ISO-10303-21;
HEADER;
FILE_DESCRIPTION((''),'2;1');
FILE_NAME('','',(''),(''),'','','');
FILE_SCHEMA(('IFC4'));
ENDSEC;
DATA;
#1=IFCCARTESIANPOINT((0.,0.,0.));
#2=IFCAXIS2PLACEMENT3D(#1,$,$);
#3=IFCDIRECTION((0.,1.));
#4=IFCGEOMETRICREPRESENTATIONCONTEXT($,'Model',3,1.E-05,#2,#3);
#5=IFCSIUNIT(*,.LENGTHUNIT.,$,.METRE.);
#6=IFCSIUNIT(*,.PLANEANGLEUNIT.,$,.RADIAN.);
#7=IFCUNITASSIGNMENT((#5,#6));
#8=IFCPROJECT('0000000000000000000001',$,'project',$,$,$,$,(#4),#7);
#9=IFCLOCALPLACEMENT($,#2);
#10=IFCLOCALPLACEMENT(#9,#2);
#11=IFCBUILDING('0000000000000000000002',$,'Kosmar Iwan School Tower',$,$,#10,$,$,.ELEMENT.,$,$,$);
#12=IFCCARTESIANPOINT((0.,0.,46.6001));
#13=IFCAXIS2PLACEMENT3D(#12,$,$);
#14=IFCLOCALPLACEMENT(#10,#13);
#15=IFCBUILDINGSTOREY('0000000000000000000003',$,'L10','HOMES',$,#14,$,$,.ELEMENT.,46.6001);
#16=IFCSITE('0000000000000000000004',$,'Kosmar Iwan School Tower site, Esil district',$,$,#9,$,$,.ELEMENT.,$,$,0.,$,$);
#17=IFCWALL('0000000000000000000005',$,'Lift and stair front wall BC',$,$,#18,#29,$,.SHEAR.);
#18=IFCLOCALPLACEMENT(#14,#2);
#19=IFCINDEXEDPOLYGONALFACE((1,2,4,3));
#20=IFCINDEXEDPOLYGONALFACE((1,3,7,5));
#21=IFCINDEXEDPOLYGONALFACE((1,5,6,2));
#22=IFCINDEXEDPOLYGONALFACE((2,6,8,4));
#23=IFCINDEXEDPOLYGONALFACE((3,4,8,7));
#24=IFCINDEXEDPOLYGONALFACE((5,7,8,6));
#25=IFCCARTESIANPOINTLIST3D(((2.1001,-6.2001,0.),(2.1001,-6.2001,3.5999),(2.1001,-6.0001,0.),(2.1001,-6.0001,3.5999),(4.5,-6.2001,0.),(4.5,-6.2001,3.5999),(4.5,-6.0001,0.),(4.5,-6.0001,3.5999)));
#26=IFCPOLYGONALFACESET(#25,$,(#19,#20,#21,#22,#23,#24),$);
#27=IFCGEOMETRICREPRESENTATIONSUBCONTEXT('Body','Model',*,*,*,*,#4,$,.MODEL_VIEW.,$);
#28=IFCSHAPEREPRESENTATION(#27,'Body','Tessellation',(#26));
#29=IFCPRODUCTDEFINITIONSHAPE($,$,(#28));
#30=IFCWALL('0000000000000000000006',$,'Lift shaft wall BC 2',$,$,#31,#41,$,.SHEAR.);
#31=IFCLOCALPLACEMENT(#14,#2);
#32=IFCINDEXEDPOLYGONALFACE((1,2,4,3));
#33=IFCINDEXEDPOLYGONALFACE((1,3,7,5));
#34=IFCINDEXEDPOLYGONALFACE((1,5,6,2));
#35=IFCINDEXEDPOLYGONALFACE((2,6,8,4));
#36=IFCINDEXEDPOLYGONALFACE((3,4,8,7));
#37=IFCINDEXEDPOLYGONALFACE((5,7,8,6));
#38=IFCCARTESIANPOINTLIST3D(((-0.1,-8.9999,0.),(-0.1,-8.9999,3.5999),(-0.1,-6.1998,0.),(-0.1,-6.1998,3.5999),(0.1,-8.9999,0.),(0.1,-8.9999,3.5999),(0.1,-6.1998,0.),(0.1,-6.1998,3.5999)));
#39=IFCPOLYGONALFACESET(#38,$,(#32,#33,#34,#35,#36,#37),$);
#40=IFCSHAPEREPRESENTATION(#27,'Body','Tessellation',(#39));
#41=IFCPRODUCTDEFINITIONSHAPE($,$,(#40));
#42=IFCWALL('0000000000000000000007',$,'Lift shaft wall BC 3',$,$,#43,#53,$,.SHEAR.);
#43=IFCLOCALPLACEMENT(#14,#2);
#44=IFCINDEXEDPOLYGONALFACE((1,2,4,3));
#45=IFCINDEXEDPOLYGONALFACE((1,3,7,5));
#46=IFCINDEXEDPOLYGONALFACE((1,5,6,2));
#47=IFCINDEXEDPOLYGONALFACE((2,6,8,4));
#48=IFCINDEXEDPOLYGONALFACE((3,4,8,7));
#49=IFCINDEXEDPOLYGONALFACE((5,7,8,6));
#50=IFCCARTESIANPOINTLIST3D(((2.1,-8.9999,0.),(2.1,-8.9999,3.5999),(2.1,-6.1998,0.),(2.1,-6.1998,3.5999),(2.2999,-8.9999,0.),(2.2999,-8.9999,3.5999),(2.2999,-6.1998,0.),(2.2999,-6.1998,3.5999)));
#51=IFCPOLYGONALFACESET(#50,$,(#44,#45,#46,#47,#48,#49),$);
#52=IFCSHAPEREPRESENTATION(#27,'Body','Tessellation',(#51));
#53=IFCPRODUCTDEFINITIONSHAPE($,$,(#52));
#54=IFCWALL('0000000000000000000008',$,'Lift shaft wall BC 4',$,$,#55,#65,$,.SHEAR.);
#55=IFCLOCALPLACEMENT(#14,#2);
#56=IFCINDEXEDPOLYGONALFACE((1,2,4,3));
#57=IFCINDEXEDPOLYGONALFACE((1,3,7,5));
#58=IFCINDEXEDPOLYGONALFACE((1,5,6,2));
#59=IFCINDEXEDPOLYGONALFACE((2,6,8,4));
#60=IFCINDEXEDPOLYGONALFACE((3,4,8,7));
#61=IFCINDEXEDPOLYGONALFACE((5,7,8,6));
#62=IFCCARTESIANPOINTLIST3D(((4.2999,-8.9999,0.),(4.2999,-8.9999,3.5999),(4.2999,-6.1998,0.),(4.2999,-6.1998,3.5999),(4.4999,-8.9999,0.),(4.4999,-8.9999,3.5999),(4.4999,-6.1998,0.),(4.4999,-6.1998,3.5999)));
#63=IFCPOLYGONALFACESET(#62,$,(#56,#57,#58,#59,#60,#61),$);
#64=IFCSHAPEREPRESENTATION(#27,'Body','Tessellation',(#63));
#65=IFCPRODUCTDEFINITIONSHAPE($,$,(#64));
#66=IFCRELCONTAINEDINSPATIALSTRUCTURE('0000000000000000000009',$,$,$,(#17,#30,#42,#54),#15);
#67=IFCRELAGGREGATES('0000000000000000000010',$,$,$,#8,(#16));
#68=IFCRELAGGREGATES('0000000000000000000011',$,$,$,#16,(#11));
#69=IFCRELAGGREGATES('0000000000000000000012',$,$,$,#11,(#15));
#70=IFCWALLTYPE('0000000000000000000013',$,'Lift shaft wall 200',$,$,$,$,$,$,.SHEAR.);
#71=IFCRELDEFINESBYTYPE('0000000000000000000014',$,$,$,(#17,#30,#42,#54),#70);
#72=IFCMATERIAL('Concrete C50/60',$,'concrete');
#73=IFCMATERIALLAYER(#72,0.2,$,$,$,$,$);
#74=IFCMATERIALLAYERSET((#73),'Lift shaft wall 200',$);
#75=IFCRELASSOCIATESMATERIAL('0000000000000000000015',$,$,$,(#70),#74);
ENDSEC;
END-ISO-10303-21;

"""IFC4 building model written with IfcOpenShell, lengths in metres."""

from ifc_helpers import new_model, si_unit, direction, frame, frame_2d, origin, place, context, subcontext, project, spatial, rectangle, extrude, material, layer, layer_set, type_object, element, save


model = new_model("IFC4")

# Units and contexts
model_context = context("Model", 3, precision=1e-05, world=origin(), true_north=direction((0.0, 1.0)))
body_context = subcontext(model_context, "Body", "Model", "MODEL_VIEW")
ifc_project = project(units=[si_unit("LENGTHUNIT", "METRE"), si_unit("PLANEANGLEUNIT", "RADIAN")], contexts=[model_context])

# Site, building, storey
site_placement = place(None, origin())
site = spatial("IfcSite", under=ifc_project, at=site_placement, Name="Kosmar Iwan School Tower site, Esil district", CompositionType="ELEMENT", RefElevation=0.0)
building_placement = place(site_placement, origin())
building = spatial("IfcBuilding", under=site, at=building_placement, Name="Kosmar Iwan School Tower", CompositionType="ELEMENT")
storey_placement = place(building_placement, frame((0.0, 0.0, 46.6001)))
storey = spatial("IfcBuildingStorey", under=building, at=storey_placement, Name="L10", Description="HOMES", CompositionType="ELEMENT", Elevation=46.6001)

# Walls
ifc_material_1 = material(Name="Concrete C50/60", Category="concrete")
ifc_layer_1 = layer(ifc_material_1, 0.2)
ifc_layer_set_1 = layer_set([ifc_layer_1], Name="Lift shaft wall 200")
wall_type_1 = type_object("IfcWallType", Name="Lift shaft wall 200", PredefinedType="SHEAR", material=ifc_layer_set_1)
wall_1_placement = place(storey_placement, frame((2.1001, -6.1001, 0.0), z_axis=(0.0, 0.0, 1.0), x_axis=(1.0, 0.0, 0.0)))
element("IfcWall", 1, at=wall_1_placement, inside=storey, type_object=wall_type_1, Name="Lift and stair front wall BC", PredefinedType="SHEAR", context=body_context, shape_type="SweptSolid", body=[
    extrude(rectangle(XDim=2.3999, YDim=0.2, at=frame_2d((1.2, 0.0))), origin(), (0.0, 0.0, 1.0), 3.5999),
])
for number, where, z_axis, x_axis, name in (
    (2, (0.0, -6.2, 0.0), (0.0, 0.0, 1.0), (0.0, -1.0, 0.0), "Lift shaft wall BC 2"),
    (3, (2.2, -6.2, 0.0), (0.0, 0.0, 1.0), (0.0, -1.0, 0.0), "Lift shaft wall BC 3"),
    (4, (4.3999, -6.2, 0.0), (0.0, 0.0, 1.0), (0.0, -1.0, 0.0), "Lift shaft wall BC 4"),
):
    element("IfcWall", number, at=place(storey_placement, frame(where, z_axis=z_axis, x_axis=x_axis)), inside=storey, type_object=wall_type_1, Name=name, PredefinedType="SHEAR", context=body_context, shape_type="SweptSolid", body=[
        extrude(rectangle(XDim=2.8, YDim=0.2, at=frame_2d((1.3999, 0.0))), origin(), (0.0, 0.0, 1.0), 3.5999),
    ])

save(model, "model.ifc")
